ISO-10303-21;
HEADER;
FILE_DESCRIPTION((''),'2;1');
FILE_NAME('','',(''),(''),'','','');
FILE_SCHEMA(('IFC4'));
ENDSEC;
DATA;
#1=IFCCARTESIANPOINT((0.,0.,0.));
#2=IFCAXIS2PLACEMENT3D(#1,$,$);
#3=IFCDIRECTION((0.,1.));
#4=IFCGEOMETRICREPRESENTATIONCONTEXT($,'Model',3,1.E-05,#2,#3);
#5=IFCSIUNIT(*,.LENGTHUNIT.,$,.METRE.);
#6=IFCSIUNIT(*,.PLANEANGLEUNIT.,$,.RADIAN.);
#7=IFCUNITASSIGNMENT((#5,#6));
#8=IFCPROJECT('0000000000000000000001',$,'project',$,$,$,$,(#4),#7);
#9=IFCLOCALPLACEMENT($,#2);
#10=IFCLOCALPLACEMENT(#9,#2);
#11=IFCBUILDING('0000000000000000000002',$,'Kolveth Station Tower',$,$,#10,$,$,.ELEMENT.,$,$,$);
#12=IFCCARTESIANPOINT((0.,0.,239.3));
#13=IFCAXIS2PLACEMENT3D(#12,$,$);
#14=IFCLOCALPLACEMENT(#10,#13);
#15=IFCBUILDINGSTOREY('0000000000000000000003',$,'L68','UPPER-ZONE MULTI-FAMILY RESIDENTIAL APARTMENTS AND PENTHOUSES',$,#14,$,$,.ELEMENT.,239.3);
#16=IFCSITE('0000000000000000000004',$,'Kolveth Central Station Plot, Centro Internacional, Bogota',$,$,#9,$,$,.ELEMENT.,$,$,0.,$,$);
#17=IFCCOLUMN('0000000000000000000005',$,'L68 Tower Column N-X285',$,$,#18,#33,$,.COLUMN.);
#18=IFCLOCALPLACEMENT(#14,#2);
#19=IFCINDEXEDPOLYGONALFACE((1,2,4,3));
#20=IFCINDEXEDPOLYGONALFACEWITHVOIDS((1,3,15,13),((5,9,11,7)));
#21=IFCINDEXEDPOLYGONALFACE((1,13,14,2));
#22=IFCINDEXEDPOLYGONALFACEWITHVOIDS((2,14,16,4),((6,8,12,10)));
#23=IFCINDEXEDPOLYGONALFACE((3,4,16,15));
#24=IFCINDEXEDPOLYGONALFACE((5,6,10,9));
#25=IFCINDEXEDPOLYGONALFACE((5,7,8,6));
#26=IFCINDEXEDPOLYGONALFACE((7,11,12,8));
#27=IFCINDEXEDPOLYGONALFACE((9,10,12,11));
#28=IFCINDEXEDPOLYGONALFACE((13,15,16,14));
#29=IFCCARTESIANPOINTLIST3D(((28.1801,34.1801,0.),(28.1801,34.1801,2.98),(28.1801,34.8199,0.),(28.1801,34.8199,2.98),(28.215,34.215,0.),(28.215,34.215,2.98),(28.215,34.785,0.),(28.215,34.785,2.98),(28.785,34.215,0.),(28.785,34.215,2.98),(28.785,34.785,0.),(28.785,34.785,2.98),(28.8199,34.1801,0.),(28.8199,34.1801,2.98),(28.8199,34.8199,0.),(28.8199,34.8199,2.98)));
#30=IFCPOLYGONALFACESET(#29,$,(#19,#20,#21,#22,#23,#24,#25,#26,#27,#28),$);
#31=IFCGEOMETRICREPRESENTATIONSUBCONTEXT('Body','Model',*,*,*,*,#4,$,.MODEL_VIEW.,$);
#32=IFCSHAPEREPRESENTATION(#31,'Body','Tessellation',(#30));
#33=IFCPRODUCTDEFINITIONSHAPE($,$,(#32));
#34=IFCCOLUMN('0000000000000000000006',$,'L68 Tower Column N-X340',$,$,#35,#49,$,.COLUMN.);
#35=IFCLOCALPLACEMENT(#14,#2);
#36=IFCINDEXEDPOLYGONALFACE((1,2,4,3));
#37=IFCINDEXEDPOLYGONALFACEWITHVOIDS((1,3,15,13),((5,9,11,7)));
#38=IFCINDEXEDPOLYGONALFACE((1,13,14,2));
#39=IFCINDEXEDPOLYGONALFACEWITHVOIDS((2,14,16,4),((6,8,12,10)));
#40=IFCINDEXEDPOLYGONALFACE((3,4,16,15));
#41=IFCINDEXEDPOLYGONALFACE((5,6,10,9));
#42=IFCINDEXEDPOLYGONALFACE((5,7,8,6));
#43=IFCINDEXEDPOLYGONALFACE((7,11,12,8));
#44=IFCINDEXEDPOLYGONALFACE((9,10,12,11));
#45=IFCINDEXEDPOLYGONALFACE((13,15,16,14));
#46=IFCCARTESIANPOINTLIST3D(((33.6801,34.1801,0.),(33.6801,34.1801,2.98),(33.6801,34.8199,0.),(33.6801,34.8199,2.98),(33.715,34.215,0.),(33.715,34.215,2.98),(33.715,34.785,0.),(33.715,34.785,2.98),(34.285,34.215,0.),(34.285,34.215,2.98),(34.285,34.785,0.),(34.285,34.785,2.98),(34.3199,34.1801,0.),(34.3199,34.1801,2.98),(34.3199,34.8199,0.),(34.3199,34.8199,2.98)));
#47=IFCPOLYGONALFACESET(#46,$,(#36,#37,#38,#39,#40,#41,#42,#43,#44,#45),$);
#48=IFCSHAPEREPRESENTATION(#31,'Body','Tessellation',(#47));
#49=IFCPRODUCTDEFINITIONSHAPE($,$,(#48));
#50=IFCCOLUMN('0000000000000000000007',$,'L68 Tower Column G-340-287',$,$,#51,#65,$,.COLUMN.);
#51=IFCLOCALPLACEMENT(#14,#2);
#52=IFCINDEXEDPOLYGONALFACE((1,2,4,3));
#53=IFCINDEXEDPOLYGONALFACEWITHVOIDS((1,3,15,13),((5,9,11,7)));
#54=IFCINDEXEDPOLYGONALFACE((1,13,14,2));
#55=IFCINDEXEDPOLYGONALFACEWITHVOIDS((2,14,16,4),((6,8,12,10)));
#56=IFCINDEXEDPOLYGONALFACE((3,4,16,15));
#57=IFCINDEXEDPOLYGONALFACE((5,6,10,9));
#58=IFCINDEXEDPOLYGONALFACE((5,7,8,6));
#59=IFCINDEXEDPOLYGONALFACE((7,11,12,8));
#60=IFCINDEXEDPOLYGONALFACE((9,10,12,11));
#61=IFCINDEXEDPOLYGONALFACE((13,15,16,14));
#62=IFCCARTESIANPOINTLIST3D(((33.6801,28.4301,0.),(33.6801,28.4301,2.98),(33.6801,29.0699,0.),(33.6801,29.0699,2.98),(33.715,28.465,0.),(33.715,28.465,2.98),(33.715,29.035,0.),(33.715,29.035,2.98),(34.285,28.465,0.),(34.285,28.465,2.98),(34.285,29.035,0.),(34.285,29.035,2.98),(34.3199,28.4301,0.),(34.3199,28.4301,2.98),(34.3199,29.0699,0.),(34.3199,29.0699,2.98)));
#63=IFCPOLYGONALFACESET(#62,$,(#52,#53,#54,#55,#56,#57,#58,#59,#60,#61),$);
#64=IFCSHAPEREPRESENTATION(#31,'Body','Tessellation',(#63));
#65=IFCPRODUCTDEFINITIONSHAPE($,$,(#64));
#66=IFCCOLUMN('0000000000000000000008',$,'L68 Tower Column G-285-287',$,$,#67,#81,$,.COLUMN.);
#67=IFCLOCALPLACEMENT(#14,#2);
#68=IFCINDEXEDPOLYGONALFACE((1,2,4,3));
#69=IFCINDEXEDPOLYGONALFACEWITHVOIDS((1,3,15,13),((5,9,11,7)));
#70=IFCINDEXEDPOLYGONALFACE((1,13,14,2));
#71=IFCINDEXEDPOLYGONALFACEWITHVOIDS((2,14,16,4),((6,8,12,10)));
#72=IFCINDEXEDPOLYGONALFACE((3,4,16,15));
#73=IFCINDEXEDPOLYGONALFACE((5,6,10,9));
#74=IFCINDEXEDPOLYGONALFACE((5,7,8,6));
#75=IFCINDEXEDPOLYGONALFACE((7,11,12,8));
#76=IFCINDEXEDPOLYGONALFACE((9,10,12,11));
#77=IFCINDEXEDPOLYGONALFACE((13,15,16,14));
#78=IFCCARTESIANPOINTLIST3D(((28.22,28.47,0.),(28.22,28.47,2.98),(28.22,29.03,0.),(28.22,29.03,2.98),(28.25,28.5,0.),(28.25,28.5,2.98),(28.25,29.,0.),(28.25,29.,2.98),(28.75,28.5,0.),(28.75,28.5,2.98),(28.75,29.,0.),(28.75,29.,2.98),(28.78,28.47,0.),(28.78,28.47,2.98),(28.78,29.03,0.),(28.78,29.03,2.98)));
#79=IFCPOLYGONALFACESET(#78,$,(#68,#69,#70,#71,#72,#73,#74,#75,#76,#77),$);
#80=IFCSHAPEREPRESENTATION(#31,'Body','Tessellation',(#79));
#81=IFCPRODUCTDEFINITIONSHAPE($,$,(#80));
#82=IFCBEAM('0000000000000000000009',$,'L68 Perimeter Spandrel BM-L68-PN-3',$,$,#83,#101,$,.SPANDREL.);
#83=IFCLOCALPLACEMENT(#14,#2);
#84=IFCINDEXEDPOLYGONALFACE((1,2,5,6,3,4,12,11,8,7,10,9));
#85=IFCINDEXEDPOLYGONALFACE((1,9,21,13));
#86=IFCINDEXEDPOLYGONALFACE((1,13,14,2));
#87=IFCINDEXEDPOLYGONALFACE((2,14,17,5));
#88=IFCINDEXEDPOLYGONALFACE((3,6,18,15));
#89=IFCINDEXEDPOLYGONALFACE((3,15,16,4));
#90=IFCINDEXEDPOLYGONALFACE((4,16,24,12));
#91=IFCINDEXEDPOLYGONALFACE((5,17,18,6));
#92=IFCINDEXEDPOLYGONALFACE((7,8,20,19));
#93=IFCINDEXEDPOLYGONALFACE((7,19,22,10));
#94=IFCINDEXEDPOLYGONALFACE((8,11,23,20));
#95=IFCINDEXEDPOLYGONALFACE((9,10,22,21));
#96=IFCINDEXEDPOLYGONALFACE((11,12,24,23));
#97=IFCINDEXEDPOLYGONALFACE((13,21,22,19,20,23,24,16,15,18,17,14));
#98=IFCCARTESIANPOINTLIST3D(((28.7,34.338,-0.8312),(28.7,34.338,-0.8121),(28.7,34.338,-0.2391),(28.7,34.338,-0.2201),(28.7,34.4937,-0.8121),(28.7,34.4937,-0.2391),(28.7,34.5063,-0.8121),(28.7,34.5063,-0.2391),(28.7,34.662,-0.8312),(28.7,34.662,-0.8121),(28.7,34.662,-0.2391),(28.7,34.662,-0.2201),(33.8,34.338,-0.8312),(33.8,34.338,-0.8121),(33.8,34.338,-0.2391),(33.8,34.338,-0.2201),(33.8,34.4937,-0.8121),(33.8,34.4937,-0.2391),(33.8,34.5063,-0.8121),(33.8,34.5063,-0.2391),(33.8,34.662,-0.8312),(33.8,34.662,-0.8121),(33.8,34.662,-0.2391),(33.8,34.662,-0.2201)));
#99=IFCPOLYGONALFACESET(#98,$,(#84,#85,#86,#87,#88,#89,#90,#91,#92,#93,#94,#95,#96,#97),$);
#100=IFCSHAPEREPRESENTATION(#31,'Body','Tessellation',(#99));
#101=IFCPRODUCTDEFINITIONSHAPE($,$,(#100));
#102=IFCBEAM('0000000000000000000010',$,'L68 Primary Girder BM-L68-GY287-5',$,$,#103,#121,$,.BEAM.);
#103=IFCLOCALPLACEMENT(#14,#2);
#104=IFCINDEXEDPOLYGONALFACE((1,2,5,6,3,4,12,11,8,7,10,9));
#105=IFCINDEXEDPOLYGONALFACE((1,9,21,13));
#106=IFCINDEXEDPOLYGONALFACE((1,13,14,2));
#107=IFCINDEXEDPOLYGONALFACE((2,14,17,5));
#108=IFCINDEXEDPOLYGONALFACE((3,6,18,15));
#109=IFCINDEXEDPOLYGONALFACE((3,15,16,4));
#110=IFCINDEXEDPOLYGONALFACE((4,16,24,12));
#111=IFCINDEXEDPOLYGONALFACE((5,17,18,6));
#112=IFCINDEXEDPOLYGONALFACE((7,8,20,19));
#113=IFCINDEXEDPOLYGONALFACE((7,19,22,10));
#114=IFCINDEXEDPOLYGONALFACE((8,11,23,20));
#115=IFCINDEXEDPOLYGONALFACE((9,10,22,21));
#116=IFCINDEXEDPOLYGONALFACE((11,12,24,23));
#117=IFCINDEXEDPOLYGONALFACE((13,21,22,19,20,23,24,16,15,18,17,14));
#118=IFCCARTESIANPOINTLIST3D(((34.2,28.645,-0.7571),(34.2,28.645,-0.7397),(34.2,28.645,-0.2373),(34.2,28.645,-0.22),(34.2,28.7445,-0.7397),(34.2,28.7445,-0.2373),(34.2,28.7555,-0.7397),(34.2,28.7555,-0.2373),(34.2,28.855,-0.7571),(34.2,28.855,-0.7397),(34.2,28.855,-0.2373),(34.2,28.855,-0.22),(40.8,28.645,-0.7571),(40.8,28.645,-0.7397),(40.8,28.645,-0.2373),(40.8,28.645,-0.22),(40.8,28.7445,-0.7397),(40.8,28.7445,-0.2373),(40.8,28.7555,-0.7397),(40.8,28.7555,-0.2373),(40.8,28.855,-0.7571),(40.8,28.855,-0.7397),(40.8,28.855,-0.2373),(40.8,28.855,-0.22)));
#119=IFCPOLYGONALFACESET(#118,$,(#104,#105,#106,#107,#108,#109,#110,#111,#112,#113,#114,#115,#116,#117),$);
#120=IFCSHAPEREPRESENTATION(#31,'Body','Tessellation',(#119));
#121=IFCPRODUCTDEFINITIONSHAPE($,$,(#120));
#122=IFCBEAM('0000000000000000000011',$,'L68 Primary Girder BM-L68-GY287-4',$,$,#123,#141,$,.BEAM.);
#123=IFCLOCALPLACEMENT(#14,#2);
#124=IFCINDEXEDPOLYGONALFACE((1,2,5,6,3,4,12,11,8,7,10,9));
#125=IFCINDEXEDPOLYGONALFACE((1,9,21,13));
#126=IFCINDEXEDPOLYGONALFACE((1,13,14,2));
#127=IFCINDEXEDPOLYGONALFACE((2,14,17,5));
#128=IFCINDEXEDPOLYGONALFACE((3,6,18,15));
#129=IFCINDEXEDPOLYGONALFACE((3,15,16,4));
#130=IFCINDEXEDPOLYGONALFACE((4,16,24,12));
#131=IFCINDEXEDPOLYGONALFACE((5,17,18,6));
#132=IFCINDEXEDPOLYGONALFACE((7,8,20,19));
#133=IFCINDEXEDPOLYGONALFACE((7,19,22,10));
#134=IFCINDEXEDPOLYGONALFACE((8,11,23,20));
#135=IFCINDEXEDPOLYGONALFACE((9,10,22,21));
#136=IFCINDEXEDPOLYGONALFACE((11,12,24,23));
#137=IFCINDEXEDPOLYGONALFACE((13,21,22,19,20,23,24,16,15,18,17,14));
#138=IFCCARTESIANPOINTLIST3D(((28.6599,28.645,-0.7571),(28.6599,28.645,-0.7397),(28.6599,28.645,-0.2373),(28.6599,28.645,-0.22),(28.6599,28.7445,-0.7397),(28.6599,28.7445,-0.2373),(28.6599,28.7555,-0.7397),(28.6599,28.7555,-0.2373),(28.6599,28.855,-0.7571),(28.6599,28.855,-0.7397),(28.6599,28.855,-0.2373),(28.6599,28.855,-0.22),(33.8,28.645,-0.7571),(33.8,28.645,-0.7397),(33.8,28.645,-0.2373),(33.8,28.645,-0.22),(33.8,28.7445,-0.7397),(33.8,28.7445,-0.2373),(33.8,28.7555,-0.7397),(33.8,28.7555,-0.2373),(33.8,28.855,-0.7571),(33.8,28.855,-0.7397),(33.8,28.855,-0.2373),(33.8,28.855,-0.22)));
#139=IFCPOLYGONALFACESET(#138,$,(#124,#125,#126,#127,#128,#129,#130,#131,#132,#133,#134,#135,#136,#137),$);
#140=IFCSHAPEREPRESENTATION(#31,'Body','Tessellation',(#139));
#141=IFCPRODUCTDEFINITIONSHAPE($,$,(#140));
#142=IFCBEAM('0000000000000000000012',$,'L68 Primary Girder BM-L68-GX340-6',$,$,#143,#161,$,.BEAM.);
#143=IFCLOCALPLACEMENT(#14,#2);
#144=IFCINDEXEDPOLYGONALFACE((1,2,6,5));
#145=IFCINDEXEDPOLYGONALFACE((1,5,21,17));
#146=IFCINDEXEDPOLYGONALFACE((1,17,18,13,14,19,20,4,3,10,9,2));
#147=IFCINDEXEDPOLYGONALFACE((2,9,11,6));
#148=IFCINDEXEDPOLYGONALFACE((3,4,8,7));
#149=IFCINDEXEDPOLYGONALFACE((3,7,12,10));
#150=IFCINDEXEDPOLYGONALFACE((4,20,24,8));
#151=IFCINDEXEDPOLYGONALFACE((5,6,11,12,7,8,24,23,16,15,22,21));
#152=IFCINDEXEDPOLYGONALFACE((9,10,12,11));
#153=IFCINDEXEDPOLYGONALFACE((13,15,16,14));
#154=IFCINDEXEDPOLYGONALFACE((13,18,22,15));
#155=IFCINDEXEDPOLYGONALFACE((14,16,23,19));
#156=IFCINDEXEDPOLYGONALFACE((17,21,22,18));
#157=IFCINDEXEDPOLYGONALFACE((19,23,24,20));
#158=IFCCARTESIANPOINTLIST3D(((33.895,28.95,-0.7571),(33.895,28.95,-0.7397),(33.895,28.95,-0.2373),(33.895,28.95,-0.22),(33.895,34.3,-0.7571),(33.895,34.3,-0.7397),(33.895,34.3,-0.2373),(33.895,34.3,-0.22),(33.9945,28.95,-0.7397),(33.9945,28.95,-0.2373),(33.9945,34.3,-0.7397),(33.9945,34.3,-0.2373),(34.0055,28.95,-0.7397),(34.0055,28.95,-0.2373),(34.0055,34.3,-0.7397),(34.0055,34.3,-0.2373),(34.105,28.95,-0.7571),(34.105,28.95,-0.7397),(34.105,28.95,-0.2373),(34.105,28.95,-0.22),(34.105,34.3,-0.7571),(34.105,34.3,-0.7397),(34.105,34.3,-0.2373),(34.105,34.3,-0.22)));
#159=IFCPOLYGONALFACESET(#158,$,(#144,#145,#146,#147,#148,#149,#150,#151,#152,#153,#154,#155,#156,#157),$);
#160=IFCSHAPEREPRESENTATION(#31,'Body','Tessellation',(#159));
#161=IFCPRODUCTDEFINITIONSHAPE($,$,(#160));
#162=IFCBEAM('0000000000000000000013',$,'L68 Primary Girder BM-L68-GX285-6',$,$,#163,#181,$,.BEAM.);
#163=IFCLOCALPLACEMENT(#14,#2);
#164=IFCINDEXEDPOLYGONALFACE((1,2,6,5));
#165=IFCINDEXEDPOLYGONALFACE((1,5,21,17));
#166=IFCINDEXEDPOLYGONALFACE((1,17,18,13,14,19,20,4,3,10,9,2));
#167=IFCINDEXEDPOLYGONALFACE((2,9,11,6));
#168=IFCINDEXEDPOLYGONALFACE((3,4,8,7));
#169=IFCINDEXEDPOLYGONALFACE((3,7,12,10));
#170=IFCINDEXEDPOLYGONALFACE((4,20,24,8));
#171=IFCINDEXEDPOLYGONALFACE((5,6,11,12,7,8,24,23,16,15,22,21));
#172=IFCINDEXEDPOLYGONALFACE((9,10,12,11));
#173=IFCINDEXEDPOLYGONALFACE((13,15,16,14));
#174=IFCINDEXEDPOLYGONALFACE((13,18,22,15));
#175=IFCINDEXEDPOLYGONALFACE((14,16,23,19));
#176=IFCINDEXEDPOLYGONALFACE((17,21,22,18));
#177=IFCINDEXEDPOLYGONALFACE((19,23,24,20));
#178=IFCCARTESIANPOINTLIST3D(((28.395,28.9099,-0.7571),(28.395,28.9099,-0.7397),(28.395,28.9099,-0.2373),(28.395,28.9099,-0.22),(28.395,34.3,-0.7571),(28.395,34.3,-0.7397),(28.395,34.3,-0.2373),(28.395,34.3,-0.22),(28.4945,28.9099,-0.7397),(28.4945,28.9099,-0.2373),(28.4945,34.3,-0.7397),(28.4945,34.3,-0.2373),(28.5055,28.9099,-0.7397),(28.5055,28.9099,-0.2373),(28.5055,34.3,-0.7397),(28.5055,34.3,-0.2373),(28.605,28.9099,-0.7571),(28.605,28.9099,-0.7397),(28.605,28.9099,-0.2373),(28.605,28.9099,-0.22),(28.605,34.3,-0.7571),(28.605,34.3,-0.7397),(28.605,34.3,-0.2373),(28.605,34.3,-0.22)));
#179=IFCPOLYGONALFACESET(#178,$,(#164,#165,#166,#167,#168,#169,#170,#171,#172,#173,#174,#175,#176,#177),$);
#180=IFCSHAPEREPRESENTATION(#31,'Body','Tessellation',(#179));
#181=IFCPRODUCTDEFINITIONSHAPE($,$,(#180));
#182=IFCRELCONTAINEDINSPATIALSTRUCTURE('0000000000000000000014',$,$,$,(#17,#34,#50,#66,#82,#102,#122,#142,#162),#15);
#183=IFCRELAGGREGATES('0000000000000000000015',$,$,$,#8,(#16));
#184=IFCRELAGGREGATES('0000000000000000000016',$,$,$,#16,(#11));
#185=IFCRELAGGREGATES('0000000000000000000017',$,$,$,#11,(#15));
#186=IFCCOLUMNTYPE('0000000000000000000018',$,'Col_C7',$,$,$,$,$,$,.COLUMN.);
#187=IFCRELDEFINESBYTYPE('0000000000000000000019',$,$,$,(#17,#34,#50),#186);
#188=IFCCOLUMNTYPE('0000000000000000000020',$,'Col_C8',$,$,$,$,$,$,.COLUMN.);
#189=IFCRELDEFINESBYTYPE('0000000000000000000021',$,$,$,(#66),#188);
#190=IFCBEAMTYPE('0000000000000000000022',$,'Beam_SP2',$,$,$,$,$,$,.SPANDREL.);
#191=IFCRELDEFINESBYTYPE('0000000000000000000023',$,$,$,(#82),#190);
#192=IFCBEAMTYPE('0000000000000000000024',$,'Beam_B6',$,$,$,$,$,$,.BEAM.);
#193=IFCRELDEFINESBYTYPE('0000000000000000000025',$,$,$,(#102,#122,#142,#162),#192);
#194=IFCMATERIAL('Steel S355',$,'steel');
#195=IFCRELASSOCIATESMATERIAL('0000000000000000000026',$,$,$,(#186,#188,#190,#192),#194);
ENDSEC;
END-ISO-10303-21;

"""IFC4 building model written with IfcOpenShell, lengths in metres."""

from ifc_helpers import new_model, si_unit, direction, frame, origin, origin_2d, place, context, subcontext, project, spatial, hollow_rectangle, i_section, extrude, source, transform, mapped, material, material_profile, profile_set, type_object, element, save


model = new_model("IFC4")

# Units and contexts
model_context = context("Model", 3, precision=1e-05, world=origin(), true_north=direction((0.0, 1.0)))
body_context = subcontext(model_context, "Body", "Model", "MODEL_VIEW")
ifc_project = project(units=[si_unit("LENGTHUNIT", "METRE"), si_unit("PLANEANGLEUNIT", "RADIAN")], contexts=[model_context])

# Site, building, storey
site_placement = place(None, origin())
site = spatial("IfcSite", under=ifc_project, at=site_placement, Name="Kolveth Central Station Plot, Centro Internacional, Bogota", CompositionType="ELEMENT", RefElevation=0.0)
building_placement = place(site_placement, origin())
building = spatial("IfcBuilding", under=site, at=building_placement, Name="Kolveth Station Tower", CompositionType="ELEMENT")
storey_placement = place(building_placement, frame((0.0, 0.0, 239.3)))
storey = spatial("IfcBuildingStorey", under=building, at=storey_placement, Name="L68", Description="UPPER-ZONE MULTI-FAMILY RESIDENTIAL APARTMENTS AND PENTHOUSES", CompositionType="ELEMENT", Elevation=239.3)

# Columns
ifc_material_1 = material(Name="Steel S355", Category="steel")
ifc_material_profile_1 = material_profile(ifc_material_1, hollow_rectangle(XDim=0.6399, YDim=0.6399, WallThickness=0.0349, at=origin_2d()), Name="BOX640x640x35")
ifc_profile_set_1 = profile_set([ifc_material_profile_1], Name="Steel S355")
column_type_1 = type_object("IfcColumnType", Name="Col_C7", PredefinedType="COLUMN", material=ifc_profile_set_1)
shared_shape_1 = source(origin(), body_context, "Body", "SweptSolid", [
    extrude(hollow_rectangle(XDim=0.6399, YDim=0.6399, WallThickness=0.0349, at=origin_2d()), origin(), (0.0, 0.0, 1.0), 2.98),
])
for number, where, z_axis, x_axis, name in (
    (1, (28.5, 34.5, 0.0), (0.0, 0.0, 1.0), (1.0, 0.0, 0.0), "L68 Tower Column N-X285"),
    (2, (34.0, 34.5, 0.0), (0.0, 0.0, 1.0), (1.0, 0.0, 0.0), "L68 Tower Column N-X340"),
    (3, (34.0, 28.75, 0.0), (0.0, 0.0, 1.0), (1.0, 0.0, 0.0), "L68 Tower Column G-340-287"),
):
    element("IfcColumn", number, at=place(storey_placement, frame(where, z_axis=z_axis, x_axis=x_axis)), inside=storey, type_object=column_type_1, Name=name, PredefinedType="COLUMN", context=body_context, shape_type="MappedRepresentation", body=[
        mapped(shared_shape_1, transform((0.0, 0.0, 0.0), x_axis=(1.0, 0.0, 0.0), y_axis=(0.0, 1.0, 0.0), z_axis=(0.0, 0.0, 1.0), scale=1.0)),
    ])
ifc_material_profile_2 = material_profile(ifc_material_1, hollow_rectangle(XDim=0.5601, YDim=0.5601, WallThickness=0.03, at=origin_2d()), Name="BOX560x560x30")
ifc_profile_set_2 = profile_set([ifc_material_profile_2], Name="Steel S355")
column_type_2 = type_object("IfcColumnType", Name="Col_C8", PredefinedType="COLUMN", material=ifc_profile_set_2)
shared_shape_2 = source(origin(), body_context, "Body", "SweptSolid", [
    extrude(hollow_rectangle(XDim=0.5601, YDim=0.5601, WallThickness=0.03, at=origin_2d()), origin(), (0.0, 0.0, 1.0), 2.98),
])
column_placement = place(storey_placement, frame((28.5, 28.75, 0.0), z_axis=(0.0, 0.0, 1.0), x_axis=(1.0, 0.0, 0.0)))
element("IfcColumn", 4, at=column_placement, inside=storey, type_object=column_type_2, Name="L68 Tower Column G-285-287", PredefinedType="COLUMN", context=body_context, shape_type="MappedRepresentation", body=[
    mapped(shared_shape_2, transform((0.0, 0.0, 0.0), x_axis=(1.0, 0.0, 0.0), y_axis=(0.0, 1.0, 0.0), z_axis=(0.0, 0.0, 1.0), scale=1.0)),
])

# Beams
ifc_material_profile_3 = material_profile(ifc_material_1, i_section(OverallWidth=0.324, OverallDepth=0.6111, WebThickness=0.0127, FlangeThickness=0.019, at=origin_2d()), Name="W610x155")
ifc_profile_set_3 = profile_set([ifc_material_profile_3], Name="Steel S355")
beam_type_1 = type_object("IfcBeamType", Name="Beam_SP2", PredefinedType="SPANDREL", material=ifc_profile_set_3)
shared_shape_3 = source(origin(), body_context, "Body", "SweptSolid", [
    extrude(i_section(OverallWidth=0.324, OverallDepth=0.6111, WebThickness=0.0127, FlangeThickness=0.019, at=origin_2d()), origin(), (0.0, 0.0, 1.0), 5.1001),
])
beam_1_placement = place(storey_placement, frame((28.7, 34.5, -0.5256), z_axis=(1.0, 0.0, 0.0), x_axis=(0.0, 1.0, 0.0)))
element("IfcBeam", 5, at=beam_1_placement, inside=storey, type_object=beam_type_1, Name="L68 Perimeter Spandrel BM-L68-PN-3", PredefinedType="SPANDREL", context=body_context, shape_type="MappedRepresentation", body=[
    mapped(shared_shape_3, transform((0.0, 0.0, 0.0), x_axis=(1.0, 0.0, 0.0), y_axis=(0.0, 1.0, 0.0), z_axis=(0.0, 0.0, 1.0), scale=1.0)),
])
ifc_material_profile_4 = material_profile(ifc_material_1, i_section(OverallWidth=0.21, OverallDepth=0.5371, WebThickness=0.011, FlangeThickness=0.0173, at=origin_2d()), Name="W530x101")
ifc_profile_set_4 = profile_set([ifc_material_profile_4], Name="Steel S355")
beam_type_2 = type_object("IfcBeamType", Name="Beam_B6", PredefinedType="BEAM", material=ifc_profile_set_4)
shared_shape_4 = source(origin(), body_context, "Body", "SweptSolid", [
    extrude(i_section(OverallWidth=0.21, OverallDepth=0.5371, WebThickness=0.011, FlangeThickness=0.0173, at=origin_2d()), origin(), (0.0, 0.0, 1.0), 6.6001),
])
beam_2_placement = place(storey_placement, frame((34.2, 28.75, -0.4885), z_axis=(1.0, 0.0, 0.0), x_axis=(0.0, 1.0, 0.0)))
element("IfcBeam", 6, at=beam_2_placement, inside=storey, type_object=beam_type_2, Name="L68 Primary Girder BM-L68-GY287-5", PredefinedType="BEAM", context=body_context, shape_type="MappedRepresentation", body=[
    mapped(shared_shape_4, transform((0.0, 0.0, 0.0), x_axis=(1.0, 0.0, 0.0), y_axis=(0.0, 1.0, 0.0), z_axis=(0.0, 0.0, 1.0), scale=1.0)),
])
shared_shape_5 = source(origin(), body_context, "Body", "SweptSolid", [
    extrude(i_section(OverallWidth=0.21, OverallDepth=0.5371, WebThickness=0.011, FlangeThickness=0.0173, at=origin_2d()), origin(), (0.0, 0.0, 1.0), 5.1401),
])
beam_3_placement = place(storey_placement, frame((28.6599, 28.75, -0.4885), z_axis=(1.0, 0.0, 0.0), x_axis=(0.0, 1.0, 0.0)))
element("IfcBeam", 7, at=beam_3_placement, inside=storey, type_object=beam_type_2, Name="L68 Primary Girder BM-L68-GY287-4", PredefinedType="BEAM", context=body_context, shape_type="MappedRepresentation", body=[
    mapped(shared_shape_5, transform((0.0, 0.0, 0.0), x_axis=(1.0, 0.0, 0.0), y_axis=(0.0, 1.0, 0.0), z_axis=(0.0, 0.0, 1.0), scale=1.0)),
])
shared_shape_6 = source(origin(), body_context, "Body", "SweptSolid", [
    extrude(i_section(OverallWidth=0.21, OverallDepth=0.5371, WebThickness=0.011, FlangeThickness=0.0173, at=origin_2d()), origin(), (0.0, 0.0, 1.0), 5.3501),
])
beam_4_placement = place(storey_placement, frame((34.0, 28.95, -0.4885), z_axis=(0.0, 1.0, 0.0), x_axis=(-1.0, 0.0, 0.0)))
element("IfcBeam", 8, at=beam_4_placement, inside=storey, type_object=beam_type_2, Name="L68 Primary Girder BM-L68-GX340-6", PredefinedType="BEAM", context=body_context, shape_type="MappedRepresentation", body=[
    mapped(shared_shape_6, transform((0.0, 0.0, 0.0), x_axis=(1.0, 0.0, 0.0), y_axis=(0.0, 1.0, 0.0), z_axis=(0.0, 0.0, 1.0), scale=1.0)),
])
shared_shape_7 = source(origin(), body_context, "Body", "SweptSolid", [
    extrude(i_section(OverallWidth=0.21, OverallDepth=0.5371, WebThickness=0.011, FlangeThickness=0.0173, at=origin_2d()), origin(), (0.0, 0.0, 1.0), 5.3901),
])
beam_5_placement = place(storey_placement, frame((28.5, 28.9099, -0.4885), z_axis=(0.0, 1.0, 0.0), x_axis=(-1.0, 0.0, 0.0)))
element("IfcBeam", 9, at=beam_5_placement, inside=storey, type_object=beam_type_2, Name="L68 Primary Girder BM-L68-GX285-6", PredefinedType="BEAM", context=body_context, shape_type="MappedRepresentation", body=[
    mapped(shared_shape_7, transform((0.0, 0.0, 0.0), x_axis=(1.0, 0.0, 0.0), y_axis=(0.0, 1.0, 0.0), z_axis=(0.0, 0.0, 1.0), scale=1.0)),
])

save(model, "model.ifc")
